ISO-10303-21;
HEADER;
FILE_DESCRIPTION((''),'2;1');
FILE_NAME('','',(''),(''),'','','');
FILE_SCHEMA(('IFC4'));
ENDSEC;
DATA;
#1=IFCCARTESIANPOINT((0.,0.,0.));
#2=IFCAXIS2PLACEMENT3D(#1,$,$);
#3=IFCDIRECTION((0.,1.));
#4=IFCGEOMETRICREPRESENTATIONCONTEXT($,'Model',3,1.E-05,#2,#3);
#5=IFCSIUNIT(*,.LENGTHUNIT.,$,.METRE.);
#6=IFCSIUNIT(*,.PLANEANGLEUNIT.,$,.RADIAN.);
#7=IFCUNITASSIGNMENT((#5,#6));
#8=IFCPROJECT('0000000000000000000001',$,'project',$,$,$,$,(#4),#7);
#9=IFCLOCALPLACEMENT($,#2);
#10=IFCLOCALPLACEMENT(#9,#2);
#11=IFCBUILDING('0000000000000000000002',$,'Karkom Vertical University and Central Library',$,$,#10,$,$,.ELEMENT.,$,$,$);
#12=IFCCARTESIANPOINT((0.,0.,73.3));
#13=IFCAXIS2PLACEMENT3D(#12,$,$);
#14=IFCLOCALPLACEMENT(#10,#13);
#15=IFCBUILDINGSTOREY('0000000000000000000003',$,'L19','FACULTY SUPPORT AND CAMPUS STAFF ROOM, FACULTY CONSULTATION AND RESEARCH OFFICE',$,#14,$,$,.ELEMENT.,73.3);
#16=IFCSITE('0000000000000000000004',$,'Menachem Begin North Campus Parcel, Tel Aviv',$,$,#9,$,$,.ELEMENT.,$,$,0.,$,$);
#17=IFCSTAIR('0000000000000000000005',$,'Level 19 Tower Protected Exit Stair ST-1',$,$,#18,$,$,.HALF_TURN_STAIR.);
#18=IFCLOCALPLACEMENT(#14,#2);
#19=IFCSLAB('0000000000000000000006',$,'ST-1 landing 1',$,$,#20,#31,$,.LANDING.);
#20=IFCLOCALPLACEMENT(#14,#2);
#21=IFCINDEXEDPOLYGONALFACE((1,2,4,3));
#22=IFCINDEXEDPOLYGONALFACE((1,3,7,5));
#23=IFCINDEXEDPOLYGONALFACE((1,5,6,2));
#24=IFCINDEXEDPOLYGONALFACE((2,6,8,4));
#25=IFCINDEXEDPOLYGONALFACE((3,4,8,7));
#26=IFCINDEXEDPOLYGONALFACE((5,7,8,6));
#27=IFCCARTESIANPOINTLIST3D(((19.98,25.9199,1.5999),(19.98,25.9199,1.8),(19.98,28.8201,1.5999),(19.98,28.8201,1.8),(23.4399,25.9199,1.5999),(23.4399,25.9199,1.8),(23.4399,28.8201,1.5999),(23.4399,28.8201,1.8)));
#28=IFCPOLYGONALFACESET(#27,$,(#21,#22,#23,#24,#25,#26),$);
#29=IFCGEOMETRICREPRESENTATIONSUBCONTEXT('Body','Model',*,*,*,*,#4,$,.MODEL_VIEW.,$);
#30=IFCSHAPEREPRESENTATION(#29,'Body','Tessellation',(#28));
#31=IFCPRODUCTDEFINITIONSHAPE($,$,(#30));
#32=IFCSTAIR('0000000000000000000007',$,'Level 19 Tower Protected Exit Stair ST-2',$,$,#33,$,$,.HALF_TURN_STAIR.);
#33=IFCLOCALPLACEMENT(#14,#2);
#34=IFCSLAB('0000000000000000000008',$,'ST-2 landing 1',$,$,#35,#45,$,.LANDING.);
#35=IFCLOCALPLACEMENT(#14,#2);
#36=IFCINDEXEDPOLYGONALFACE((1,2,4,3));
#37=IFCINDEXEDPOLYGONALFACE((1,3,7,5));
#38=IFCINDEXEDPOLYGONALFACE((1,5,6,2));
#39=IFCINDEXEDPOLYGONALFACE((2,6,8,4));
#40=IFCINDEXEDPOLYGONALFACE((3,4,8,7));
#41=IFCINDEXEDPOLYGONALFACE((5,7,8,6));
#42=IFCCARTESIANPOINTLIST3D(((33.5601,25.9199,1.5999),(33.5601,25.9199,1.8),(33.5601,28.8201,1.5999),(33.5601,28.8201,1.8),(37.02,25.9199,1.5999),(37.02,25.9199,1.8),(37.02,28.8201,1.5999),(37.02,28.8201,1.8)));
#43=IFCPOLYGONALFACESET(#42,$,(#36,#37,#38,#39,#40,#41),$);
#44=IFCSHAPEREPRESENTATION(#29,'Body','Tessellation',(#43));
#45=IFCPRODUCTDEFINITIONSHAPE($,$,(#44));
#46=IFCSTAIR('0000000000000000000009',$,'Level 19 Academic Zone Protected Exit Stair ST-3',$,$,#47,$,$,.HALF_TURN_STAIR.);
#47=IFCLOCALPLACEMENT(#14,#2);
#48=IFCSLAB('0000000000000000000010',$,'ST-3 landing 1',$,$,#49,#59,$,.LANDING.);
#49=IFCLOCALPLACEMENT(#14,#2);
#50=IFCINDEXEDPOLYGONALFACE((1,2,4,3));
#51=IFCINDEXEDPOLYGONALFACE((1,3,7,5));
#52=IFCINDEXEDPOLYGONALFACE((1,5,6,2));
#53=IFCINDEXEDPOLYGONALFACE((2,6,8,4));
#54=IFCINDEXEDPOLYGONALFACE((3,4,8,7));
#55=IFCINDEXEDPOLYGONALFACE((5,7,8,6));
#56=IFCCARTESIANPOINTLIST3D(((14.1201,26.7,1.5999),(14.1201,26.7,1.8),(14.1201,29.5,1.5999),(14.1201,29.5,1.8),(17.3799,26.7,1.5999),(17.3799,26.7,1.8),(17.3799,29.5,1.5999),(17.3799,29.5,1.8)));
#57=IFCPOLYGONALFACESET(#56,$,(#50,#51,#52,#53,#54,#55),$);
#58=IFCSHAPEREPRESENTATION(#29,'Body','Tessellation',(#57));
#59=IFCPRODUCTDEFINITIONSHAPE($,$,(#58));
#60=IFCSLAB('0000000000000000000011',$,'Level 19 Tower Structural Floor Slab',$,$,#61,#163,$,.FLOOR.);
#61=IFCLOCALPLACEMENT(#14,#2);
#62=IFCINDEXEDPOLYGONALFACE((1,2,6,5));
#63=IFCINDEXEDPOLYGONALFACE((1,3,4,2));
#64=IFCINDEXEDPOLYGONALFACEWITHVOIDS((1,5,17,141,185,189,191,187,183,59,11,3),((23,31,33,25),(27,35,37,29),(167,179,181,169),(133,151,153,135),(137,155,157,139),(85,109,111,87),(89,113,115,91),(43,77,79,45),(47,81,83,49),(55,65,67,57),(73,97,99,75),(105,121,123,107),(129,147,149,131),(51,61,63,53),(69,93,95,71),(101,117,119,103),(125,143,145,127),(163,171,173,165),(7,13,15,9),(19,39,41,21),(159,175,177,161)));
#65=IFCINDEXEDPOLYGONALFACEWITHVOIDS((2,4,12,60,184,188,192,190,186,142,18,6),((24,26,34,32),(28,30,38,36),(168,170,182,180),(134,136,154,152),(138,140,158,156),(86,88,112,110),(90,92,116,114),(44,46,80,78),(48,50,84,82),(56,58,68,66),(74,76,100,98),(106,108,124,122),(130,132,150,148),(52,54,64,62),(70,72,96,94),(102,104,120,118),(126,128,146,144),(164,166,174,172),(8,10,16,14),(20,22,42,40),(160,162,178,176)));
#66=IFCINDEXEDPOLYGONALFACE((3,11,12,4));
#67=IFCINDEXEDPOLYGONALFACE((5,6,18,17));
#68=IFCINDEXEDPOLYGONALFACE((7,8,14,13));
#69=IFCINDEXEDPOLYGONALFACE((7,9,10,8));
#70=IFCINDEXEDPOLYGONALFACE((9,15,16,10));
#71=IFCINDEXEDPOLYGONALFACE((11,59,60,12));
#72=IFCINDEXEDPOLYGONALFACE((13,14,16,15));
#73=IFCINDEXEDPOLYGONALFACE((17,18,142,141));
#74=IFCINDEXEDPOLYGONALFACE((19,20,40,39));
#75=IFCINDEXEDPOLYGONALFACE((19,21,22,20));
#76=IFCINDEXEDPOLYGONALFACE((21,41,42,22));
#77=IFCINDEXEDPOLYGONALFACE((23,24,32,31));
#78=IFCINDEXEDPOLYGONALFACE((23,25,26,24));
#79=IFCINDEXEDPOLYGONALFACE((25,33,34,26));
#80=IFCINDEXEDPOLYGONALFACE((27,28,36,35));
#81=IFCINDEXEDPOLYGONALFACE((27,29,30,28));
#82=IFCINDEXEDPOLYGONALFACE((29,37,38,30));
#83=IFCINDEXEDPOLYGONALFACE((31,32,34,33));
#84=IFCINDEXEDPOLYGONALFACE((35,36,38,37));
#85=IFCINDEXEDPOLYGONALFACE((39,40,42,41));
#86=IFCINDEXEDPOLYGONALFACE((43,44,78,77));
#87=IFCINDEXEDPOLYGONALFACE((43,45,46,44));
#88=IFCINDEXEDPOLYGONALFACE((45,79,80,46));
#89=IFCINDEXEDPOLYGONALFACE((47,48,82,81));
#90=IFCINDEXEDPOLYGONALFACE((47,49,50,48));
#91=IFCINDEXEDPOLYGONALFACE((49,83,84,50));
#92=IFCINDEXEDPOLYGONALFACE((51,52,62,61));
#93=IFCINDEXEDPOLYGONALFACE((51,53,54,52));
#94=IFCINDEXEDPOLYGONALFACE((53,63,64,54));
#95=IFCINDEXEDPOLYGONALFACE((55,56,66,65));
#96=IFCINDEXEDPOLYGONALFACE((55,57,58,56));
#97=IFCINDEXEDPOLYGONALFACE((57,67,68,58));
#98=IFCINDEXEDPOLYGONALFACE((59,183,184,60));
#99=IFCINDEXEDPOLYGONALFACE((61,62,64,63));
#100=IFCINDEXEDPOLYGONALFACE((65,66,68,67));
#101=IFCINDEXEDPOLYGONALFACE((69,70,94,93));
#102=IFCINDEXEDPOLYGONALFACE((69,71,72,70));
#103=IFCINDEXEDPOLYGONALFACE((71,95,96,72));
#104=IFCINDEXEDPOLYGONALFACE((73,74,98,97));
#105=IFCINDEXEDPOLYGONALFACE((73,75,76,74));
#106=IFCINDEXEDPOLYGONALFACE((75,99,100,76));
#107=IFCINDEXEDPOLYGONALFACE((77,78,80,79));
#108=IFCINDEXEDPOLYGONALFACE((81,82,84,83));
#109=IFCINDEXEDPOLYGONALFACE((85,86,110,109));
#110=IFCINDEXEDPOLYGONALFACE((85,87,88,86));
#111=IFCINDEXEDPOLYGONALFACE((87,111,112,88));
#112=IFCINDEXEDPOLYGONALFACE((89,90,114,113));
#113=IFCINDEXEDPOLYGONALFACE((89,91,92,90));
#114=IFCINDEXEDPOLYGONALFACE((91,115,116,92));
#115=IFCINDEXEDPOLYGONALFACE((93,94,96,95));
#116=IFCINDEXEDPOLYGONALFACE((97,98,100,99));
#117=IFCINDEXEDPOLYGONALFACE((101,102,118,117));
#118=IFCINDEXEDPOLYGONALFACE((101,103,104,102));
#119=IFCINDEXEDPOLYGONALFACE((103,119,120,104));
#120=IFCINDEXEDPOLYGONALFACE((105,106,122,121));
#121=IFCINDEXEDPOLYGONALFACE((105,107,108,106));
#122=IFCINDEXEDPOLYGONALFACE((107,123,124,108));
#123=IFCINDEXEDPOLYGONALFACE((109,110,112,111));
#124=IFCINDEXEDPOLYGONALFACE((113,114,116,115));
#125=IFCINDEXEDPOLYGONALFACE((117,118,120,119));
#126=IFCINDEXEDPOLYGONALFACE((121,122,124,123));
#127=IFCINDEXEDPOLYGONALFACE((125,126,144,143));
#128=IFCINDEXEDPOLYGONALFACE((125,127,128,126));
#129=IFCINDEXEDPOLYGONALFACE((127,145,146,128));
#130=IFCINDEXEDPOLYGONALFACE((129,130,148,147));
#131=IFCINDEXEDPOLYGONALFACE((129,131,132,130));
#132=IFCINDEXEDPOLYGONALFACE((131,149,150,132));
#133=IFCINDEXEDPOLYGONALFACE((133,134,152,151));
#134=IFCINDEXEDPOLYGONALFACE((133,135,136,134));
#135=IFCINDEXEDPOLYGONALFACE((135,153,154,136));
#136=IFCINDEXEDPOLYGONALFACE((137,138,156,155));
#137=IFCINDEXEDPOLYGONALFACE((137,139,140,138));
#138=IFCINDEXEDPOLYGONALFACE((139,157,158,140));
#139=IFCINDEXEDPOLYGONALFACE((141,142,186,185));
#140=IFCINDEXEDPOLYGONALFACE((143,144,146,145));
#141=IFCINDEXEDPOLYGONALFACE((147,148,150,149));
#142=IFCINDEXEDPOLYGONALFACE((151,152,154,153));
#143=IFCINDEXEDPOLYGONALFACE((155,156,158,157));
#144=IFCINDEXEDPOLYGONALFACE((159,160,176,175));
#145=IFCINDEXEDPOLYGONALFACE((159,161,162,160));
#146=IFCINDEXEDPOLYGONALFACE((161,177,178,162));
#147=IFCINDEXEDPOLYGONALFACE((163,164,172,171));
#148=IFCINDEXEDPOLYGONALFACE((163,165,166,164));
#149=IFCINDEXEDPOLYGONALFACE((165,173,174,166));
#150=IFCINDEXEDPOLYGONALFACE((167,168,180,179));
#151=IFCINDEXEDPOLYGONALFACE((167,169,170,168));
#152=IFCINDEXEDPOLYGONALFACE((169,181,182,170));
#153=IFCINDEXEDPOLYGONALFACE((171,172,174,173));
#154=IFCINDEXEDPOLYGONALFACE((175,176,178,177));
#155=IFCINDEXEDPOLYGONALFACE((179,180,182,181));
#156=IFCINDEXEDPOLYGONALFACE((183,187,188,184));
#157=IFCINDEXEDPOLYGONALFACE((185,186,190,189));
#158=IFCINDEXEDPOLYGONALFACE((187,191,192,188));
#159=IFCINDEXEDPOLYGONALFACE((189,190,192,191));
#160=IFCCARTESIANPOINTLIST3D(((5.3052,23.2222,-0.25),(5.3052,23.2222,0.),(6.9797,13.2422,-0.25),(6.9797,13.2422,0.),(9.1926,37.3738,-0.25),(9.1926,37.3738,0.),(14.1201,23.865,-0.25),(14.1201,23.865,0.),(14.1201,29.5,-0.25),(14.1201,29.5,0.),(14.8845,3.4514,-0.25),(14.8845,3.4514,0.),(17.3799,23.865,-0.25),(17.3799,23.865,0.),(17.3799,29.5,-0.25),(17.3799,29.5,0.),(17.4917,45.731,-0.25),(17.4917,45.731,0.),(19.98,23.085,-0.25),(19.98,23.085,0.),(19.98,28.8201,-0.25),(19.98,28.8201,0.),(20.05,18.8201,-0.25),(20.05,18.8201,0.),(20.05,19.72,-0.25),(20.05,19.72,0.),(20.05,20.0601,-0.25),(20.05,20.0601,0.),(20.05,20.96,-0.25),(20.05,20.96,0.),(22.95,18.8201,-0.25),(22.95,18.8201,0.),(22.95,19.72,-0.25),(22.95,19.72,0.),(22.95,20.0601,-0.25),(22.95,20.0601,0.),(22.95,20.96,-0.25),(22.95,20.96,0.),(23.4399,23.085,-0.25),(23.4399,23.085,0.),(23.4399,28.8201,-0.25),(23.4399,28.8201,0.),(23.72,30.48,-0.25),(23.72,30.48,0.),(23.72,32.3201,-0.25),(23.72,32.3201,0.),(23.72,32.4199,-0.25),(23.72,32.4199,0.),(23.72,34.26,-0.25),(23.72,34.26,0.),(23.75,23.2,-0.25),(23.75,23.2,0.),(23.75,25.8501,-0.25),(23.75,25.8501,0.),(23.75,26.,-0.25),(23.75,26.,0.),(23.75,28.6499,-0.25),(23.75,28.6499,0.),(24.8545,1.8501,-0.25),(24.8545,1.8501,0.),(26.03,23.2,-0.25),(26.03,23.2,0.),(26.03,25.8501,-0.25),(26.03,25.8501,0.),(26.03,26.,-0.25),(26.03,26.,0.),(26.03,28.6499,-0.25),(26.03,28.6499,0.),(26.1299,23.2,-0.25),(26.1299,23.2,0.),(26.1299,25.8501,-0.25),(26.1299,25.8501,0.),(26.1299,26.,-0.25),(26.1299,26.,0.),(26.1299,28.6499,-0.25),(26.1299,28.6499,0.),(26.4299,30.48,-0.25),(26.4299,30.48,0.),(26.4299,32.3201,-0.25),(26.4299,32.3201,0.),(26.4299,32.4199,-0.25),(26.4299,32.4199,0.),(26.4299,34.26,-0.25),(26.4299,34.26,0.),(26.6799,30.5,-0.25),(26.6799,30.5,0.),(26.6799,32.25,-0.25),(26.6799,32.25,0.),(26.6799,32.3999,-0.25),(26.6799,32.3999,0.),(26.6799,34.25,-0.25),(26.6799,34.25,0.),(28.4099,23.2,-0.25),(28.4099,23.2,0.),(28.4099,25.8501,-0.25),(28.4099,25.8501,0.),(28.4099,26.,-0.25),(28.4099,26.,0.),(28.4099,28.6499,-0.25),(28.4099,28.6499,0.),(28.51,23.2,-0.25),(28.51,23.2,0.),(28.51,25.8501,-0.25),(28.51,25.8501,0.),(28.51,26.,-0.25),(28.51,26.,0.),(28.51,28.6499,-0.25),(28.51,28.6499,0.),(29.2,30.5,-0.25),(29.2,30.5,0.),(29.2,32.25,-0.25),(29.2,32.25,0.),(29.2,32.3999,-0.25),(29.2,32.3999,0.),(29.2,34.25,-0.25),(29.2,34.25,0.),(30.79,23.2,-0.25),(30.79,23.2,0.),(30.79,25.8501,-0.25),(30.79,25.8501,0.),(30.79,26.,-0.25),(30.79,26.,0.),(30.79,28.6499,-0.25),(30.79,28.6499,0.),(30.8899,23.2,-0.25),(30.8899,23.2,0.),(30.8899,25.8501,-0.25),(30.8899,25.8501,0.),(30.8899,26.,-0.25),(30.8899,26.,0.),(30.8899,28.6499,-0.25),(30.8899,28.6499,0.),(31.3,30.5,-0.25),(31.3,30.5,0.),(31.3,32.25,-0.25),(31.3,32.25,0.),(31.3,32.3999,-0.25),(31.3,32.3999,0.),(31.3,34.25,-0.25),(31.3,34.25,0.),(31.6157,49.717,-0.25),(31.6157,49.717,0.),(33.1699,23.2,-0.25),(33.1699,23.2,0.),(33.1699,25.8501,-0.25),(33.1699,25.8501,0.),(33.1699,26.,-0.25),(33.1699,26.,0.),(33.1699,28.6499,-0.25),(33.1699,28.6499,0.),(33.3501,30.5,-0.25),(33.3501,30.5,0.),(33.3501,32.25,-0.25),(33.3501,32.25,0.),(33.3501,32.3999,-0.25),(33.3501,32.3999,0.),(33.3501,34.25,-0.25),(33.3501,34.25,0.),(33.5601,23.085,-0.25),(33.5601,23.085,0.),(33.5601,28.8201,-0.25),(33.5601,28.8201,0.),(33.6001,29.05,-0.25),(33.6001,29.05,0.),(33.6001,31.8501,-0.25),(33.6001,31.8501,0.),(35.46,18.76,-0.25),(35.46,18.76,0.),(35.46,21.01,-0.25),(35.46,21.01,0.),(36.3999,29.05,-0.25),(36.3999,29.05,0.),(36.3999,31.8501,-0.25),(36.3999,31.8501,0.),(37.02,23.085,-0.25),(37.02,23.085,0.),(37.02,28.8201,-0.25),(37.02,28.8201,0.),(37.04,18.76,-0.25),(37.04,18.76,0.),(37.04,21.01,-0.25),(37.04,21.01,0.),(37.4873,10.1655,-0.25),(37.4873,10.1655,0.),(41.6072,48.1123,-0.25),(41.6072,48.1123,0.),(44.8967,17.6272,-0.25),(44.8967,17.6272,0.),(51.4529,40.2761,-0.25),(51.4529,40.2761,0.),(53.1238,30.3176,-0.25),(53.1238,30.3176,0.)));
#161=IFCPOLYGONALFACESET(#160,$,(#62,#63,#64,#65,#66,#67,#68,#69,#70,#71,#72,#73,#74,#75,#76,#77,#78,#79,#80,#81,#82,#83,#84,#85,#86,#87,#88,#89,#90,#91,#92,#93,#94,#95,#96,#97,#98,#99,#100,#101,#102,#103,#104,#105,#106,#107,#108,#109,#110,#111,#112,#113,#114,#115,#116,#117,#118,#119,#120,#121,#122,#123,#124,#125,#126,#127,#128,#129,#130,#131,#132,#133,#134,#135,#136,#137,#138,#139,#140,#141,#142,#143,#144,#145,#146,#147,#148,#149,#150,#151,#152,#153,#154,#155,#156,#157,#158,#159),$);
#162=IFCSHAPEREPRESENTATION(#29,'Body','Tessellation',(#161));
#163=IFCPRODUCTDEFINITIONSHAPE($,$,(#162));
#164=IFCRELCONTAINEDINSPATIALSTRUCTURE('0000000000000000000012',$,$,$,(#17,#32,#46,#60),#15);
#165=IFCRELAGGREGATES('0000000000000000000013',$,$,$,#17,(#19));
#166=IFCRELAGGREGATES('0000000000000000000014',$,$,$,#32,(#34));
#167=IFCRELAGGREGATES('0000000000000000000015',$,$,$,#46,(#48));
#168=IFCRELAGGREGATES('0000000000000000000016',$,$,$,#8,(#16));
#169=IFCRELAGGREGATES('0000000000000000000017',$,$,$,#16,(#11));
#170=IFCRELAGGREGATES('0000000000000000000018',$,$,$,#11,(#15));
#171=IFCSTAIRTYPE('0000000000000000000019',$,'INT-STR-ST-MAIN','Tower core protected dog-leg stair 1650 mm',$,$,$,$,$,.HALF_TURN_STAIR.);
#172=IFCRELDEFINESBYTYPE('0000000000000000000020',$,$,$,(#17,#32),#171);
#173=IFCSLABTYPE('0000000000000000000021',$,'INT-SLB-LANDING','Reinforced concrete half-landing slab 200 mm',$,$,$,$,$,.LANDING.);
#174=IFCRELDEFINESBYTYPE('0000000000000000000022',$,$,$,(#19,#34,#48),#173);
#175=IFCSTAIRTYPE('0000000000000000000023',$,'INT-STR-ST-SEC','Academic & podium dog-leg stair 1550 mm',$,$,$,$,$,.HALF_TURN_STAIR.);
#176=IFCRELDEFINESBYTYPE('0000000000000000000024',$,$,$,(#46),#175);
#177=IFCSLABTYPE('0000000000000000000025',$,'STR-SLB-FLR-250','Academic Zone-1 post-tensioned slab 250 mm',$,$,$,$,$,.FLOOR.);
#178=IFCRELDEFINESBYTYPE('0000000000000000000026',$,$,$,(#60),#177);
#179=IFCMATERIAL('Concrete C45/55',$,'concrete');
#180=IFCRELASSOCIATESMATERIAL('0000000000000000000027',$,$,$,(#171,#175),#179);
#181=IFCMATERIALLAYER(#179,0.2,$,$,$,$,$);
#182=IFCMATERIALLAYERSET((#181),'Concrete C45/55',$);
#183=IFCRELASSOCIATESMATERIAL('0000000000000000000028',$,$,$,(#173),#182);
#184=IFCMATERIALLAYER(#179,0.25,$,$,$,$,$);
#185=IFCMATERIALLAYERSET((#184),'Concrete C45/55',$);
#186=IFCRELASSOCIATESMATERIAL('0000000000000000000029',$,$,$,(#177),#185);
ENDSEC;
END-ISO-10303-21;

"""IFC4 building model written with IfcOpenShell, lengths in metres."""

from ifc_helpers import new_model, si_unit, direction, frame, origin, place, context, subcontext, project, spatial, polyline, outline, extrude, material, layer, layer_set, type_object, element, aggregate, save


model = new_model("IFC4")

# Units and contexts
model_context = context("Model", 3, precision=1e-05, world=origin(), true_north=direction((0.0, 1.0)))
body_context = subcontext(model_context, "Body", "Model", "MODEL_VIEW")
ifc_project = project(units=[si_unit("LENGTHUNIT", "METRE"), si_unit("PLANEANGLEUNIT", "RADIAN")], contexts=[model_context])

# Site, building, storey
site_placement = place(None, origin())
site = spatial("IfcSite", under=ifc_project, at=site_placement, Name="Menachem Begin North Campus Parcel, Tel Aviv", CompositionType="ELEMENT", RefElevation=0.0)
building_placement = place(site_placement, origin())
building = spatial("IfcBuilding", under=site, at=building_placement, Name="Karkom Vertical University and Central Library", CompositionType="ELEMENT")
storey_placement = place(building_placement, frame((0.0, 0.0, 73.3)))
storey = spatial("IfcBuildingStorey", under=building, at=storey_placement, Name="L19", Description="FACULTY SUPPORT AND CAMPUS STAFF ROOM, FACULTY CONSULTATION AND RESEARCH OFFICE", CompositionType="ELEMENT", Elevation=73.3)

# Stairs, slabs
ifc_material_1 = material(Name="Concrete C45/55", Category="concrete")
stair_type_1 = type_object("IfcStairType", Name="INT-STR-ST-MAIN", Description="Tower core protected dog-leg stair 1650 mm", PredefinedType="HALF_TURN_STAIR", material=ifc_material_1)
stair_1_placement = place(storey_placement, origin())
stair_1 = element("IfcStair", 1, at=stair_1_placement, inside=storey, type_object=stair_type_1, Name="Level 19 Tower Protected Exit Stair ST-1", PredefinedType="HALF_TURN_STAIR")
ifc_layer_1 = layer(ifc_material_1, 0.2)
ifc_layer_set_1 = layer_set([ifc_layer_1], Name="Concrete C45/55")
slab_type_1 = type_object("IfcSlabType", Name="INT-SLB-LANDING", Description="Reinforced concrete half-landing slab 200 mm", PredefinedType="LANDING", material=ifc_layer_set_1)
slab_1_placement = place(storey_placement, frame((0.0, 0.0, 1.5999)))
slab_1 = element("IfcSlab", 2, at=slab_1_placement, type_object=slab_type_1, Name="ST-1 landing 1", PredefinedType="LANDING", context=body_context, shape_type="SweptSolid", body=[
    extrude(outline(polyline([(23.4399, 25.9199), (23.4399, 28.8201), (19.98, 28.8201), (19.98, 25.9199), (23.4399, 25.9199)])), origin(), (0.0, 0.0, 1.0), 0.2002),
])
aggregate(stair_1, [slab_1])
stair_2_placement = place(storey_placement, origin())
stair_2 = element("IfcStair", 3, at=stair_2_placement, inside=storey, type_object=stair_type_1, Name="Level 19 Tower Protected Exit Stair ST-2", PredefinedType="HALF_TURN_STAIR")
slab_2_placement = place(storey_placement, frame((0.0, 0.0, 1.5999)))
slab_2 = element("IfcSlab", 4, at=slab_2_placement, type_object=slab_type_1, Name="ST-2 landing 1", PredefinedType="LANDING", context=body_context, shape_type="SweptSolid", body=[
    extrude(outline(polyline([(37.02, 25.9199), (37.02, 28.8201), (33.5601, 28.8201), (33.5601, 25.9199), (37.02, 25.9199)])), origin(), (0.0, 0.0, 1.0), 0.2002),
])
aggregate(stair_2, [slab_2])
stair_type_2 = type_object("IfcStairType", Name="INT-STR-ST-SEC", Description="Academic & podium dog-leg stair 1550 mm", PredefinedType="HALF_TURN_STAIR", material=ifc_material_1)
stair_3_placement = place(storey_placement, origin())
stair_3 = element("IfcStair", 5, at=stair_3_placement, inside=storey, type_object=stair_type_2, Name="Level 19 Academic Zone Protected Exit Stair ST-3", PredefinedType="HALF_TURN_STAIR")
slab_3_placement = place(storey_placement, frame((0.0, 0.0, 1.5999)))
slab_3 = element("IfcSlab", 6, at=slab_3_placement, type_object=slab_type_1, Name="ST-3 landing 1", PredefinedType="LANDING", context=body_context, shape_type="SweptSolid", body=[
    extrude(outline(polyline([(17.3799, 26.7), (17.3799, 29.5), (14.1201, 29.5), (14.1201, 26.7), (17.3799, 26.7)])), origin(), (0.0, 0.0, 1.0), 0.2002),
])
aggregate(stair_3, [slab_3])

# Slab
ifc_layer_2 = layer(ifc_material_1, 0.25)
ifc_layer_set_2 = layer_set([ifc_layer_2], Name="Concrete C45/55")
slab_type_2 = type_object("IfcSlabType", Name="STR-SLB-FLR-250", Description="Academic Zone-1 post-tensioned slab 250 mm", PredefinedType="FLOOR", material=ifc_layer_set_2)
slab_4_placement = place(storey_placement, frame((0.0, 0.0, -0.25)))
element("IfcSlab", 7, at=slab_4_placement, inside=storey, type_object=slab_type_2, Name="Level 19 Tower Structural Floor Slab", PredefinedType="FLOOR", context=body_context, shape_type="SweptSolid", body=[
    extrude(outline(polyline([(17.4917, 45.731), (9.1926, 37.3738), (5.3052, 23.2222), (6.9797, 13.2422), (14.8845, 3.4514), (24.8545, 1.8501), (37.4873, 10.1655), (44.8967, 17.6272), (53.1238, 30.3176), (51.4529, 40.2761), (41.6072, 48.1123), (31.6157, 49.717), (17.4917, 45.731)]), holes=[polyline([(19.98, 23.085), (23.4399, 23.085), (23.4399, 28.8201), (19.98, 28.8201), (19.98, 23.085)]), polyline([(33.5601, 23.085), (37.02, 23.085), (37.02, 28.8201), (33.5601, 28.8201), (33.5601, 23.085)]), polyline([(14.1201, 23.865), (17.3799, 23.865), (17.3799, 29.5), (14.1201, 29.5), (14.1201, 23.865)]), polyline([(23.75, 23.2), (26.03, 23.2), (26.03, 25.8501), (23.75, 25.8501), (23.75, 23.2)]), polyline([(26.1299, 23.2), (28.4099, 23.2), (28.4099, 25.8501), (26.1299, 25.8501), (26.1299, 23.2)]), polyline([(28.51, 23.2), (30.79, 23.2), (30.79, 25.8501), (28.51, 25.8501), (28.51, 23.2)]), polyline([(30.8899, 23.2), (33.1699, 23.2), (33.1699, 25.8501), (30.8899, 25.8501), (30.8899, 23.2)]), polyline([(23.75, 26.0), (26.03, 26.0), (26.03, 28.6499), (23.75, 28.6499), (23.75, 26.0)]), polyline([(26.1299, 26.0), (28.4099, 26.0), (28.4099, 28.6499), (26.1299, 28.6499), (26.1299, 26.0)]), polyline([(28.51, 26.0), (30.79, 26.0), (30.79, 28.6499), (28.51, 28.6499), (28.51, 26.0)]), polyline([(30.8899, 26.0), (33.1699, 26.0), (33.1699, 28.6499), (30.8899, 28.6499), (30.8899, 26.0)]), polyline([(26.6799, 30.5), (29.2, 30.5), (29.2, 32.25), (26.6799, 32.25), (26.6799, 30.5)]), polyline([(26.6799, 32.3999), (29.2, 32.3999), (29.2, 34.25), (26.6799, 34.25), (26.6799, 32.3999)]), polyline([(31.3, 30.5), (33.3501, 30.5), (33.3501, 32.25), (31.3, 32.25), (31.3, 30.5)]), polyline([(31.3, 32.3999), (33.3501, 32.3999), (33.3501, 34.25), (31.3, 34.25), (31.3, 32.3999)]), polyline([(23.72, 30.48), (26.4299, 30.48), (26.4299, 32.3201), (23.72, 32.3201), (23.72, 30.48)]), polyline([(23.72, 32.4199), (26.4299, 32.4199), (26.4299, 34.26), (23.72, 34.26), (23.72, 32.4199)]), polyline([(33.6001, 29.05), (36.3999, 29.05), (36.3999, 31.8501), (33.6001, 31.8501), (33.6001, 29.05)]), polyline([(20.05, 18.8201), (22.95, 18.8201), (22.95, 19.72), (20.05, 19.72), (20.05, 18.8201)]), polyline([(20.05, 20.0601), (22.95, 20.0601), (22.95, 20.96), (20.05, 20.96), (20.05, 20.0601)]), polyline([(35.46, 18.76), (37.04, 18.76), (37.04, 21.01), (35.46, 21.01), (35.46, 18.76)])]), origin(), (0.0, 0.0, 1.0), 0.25),
])

save(model, "model.ifc")
